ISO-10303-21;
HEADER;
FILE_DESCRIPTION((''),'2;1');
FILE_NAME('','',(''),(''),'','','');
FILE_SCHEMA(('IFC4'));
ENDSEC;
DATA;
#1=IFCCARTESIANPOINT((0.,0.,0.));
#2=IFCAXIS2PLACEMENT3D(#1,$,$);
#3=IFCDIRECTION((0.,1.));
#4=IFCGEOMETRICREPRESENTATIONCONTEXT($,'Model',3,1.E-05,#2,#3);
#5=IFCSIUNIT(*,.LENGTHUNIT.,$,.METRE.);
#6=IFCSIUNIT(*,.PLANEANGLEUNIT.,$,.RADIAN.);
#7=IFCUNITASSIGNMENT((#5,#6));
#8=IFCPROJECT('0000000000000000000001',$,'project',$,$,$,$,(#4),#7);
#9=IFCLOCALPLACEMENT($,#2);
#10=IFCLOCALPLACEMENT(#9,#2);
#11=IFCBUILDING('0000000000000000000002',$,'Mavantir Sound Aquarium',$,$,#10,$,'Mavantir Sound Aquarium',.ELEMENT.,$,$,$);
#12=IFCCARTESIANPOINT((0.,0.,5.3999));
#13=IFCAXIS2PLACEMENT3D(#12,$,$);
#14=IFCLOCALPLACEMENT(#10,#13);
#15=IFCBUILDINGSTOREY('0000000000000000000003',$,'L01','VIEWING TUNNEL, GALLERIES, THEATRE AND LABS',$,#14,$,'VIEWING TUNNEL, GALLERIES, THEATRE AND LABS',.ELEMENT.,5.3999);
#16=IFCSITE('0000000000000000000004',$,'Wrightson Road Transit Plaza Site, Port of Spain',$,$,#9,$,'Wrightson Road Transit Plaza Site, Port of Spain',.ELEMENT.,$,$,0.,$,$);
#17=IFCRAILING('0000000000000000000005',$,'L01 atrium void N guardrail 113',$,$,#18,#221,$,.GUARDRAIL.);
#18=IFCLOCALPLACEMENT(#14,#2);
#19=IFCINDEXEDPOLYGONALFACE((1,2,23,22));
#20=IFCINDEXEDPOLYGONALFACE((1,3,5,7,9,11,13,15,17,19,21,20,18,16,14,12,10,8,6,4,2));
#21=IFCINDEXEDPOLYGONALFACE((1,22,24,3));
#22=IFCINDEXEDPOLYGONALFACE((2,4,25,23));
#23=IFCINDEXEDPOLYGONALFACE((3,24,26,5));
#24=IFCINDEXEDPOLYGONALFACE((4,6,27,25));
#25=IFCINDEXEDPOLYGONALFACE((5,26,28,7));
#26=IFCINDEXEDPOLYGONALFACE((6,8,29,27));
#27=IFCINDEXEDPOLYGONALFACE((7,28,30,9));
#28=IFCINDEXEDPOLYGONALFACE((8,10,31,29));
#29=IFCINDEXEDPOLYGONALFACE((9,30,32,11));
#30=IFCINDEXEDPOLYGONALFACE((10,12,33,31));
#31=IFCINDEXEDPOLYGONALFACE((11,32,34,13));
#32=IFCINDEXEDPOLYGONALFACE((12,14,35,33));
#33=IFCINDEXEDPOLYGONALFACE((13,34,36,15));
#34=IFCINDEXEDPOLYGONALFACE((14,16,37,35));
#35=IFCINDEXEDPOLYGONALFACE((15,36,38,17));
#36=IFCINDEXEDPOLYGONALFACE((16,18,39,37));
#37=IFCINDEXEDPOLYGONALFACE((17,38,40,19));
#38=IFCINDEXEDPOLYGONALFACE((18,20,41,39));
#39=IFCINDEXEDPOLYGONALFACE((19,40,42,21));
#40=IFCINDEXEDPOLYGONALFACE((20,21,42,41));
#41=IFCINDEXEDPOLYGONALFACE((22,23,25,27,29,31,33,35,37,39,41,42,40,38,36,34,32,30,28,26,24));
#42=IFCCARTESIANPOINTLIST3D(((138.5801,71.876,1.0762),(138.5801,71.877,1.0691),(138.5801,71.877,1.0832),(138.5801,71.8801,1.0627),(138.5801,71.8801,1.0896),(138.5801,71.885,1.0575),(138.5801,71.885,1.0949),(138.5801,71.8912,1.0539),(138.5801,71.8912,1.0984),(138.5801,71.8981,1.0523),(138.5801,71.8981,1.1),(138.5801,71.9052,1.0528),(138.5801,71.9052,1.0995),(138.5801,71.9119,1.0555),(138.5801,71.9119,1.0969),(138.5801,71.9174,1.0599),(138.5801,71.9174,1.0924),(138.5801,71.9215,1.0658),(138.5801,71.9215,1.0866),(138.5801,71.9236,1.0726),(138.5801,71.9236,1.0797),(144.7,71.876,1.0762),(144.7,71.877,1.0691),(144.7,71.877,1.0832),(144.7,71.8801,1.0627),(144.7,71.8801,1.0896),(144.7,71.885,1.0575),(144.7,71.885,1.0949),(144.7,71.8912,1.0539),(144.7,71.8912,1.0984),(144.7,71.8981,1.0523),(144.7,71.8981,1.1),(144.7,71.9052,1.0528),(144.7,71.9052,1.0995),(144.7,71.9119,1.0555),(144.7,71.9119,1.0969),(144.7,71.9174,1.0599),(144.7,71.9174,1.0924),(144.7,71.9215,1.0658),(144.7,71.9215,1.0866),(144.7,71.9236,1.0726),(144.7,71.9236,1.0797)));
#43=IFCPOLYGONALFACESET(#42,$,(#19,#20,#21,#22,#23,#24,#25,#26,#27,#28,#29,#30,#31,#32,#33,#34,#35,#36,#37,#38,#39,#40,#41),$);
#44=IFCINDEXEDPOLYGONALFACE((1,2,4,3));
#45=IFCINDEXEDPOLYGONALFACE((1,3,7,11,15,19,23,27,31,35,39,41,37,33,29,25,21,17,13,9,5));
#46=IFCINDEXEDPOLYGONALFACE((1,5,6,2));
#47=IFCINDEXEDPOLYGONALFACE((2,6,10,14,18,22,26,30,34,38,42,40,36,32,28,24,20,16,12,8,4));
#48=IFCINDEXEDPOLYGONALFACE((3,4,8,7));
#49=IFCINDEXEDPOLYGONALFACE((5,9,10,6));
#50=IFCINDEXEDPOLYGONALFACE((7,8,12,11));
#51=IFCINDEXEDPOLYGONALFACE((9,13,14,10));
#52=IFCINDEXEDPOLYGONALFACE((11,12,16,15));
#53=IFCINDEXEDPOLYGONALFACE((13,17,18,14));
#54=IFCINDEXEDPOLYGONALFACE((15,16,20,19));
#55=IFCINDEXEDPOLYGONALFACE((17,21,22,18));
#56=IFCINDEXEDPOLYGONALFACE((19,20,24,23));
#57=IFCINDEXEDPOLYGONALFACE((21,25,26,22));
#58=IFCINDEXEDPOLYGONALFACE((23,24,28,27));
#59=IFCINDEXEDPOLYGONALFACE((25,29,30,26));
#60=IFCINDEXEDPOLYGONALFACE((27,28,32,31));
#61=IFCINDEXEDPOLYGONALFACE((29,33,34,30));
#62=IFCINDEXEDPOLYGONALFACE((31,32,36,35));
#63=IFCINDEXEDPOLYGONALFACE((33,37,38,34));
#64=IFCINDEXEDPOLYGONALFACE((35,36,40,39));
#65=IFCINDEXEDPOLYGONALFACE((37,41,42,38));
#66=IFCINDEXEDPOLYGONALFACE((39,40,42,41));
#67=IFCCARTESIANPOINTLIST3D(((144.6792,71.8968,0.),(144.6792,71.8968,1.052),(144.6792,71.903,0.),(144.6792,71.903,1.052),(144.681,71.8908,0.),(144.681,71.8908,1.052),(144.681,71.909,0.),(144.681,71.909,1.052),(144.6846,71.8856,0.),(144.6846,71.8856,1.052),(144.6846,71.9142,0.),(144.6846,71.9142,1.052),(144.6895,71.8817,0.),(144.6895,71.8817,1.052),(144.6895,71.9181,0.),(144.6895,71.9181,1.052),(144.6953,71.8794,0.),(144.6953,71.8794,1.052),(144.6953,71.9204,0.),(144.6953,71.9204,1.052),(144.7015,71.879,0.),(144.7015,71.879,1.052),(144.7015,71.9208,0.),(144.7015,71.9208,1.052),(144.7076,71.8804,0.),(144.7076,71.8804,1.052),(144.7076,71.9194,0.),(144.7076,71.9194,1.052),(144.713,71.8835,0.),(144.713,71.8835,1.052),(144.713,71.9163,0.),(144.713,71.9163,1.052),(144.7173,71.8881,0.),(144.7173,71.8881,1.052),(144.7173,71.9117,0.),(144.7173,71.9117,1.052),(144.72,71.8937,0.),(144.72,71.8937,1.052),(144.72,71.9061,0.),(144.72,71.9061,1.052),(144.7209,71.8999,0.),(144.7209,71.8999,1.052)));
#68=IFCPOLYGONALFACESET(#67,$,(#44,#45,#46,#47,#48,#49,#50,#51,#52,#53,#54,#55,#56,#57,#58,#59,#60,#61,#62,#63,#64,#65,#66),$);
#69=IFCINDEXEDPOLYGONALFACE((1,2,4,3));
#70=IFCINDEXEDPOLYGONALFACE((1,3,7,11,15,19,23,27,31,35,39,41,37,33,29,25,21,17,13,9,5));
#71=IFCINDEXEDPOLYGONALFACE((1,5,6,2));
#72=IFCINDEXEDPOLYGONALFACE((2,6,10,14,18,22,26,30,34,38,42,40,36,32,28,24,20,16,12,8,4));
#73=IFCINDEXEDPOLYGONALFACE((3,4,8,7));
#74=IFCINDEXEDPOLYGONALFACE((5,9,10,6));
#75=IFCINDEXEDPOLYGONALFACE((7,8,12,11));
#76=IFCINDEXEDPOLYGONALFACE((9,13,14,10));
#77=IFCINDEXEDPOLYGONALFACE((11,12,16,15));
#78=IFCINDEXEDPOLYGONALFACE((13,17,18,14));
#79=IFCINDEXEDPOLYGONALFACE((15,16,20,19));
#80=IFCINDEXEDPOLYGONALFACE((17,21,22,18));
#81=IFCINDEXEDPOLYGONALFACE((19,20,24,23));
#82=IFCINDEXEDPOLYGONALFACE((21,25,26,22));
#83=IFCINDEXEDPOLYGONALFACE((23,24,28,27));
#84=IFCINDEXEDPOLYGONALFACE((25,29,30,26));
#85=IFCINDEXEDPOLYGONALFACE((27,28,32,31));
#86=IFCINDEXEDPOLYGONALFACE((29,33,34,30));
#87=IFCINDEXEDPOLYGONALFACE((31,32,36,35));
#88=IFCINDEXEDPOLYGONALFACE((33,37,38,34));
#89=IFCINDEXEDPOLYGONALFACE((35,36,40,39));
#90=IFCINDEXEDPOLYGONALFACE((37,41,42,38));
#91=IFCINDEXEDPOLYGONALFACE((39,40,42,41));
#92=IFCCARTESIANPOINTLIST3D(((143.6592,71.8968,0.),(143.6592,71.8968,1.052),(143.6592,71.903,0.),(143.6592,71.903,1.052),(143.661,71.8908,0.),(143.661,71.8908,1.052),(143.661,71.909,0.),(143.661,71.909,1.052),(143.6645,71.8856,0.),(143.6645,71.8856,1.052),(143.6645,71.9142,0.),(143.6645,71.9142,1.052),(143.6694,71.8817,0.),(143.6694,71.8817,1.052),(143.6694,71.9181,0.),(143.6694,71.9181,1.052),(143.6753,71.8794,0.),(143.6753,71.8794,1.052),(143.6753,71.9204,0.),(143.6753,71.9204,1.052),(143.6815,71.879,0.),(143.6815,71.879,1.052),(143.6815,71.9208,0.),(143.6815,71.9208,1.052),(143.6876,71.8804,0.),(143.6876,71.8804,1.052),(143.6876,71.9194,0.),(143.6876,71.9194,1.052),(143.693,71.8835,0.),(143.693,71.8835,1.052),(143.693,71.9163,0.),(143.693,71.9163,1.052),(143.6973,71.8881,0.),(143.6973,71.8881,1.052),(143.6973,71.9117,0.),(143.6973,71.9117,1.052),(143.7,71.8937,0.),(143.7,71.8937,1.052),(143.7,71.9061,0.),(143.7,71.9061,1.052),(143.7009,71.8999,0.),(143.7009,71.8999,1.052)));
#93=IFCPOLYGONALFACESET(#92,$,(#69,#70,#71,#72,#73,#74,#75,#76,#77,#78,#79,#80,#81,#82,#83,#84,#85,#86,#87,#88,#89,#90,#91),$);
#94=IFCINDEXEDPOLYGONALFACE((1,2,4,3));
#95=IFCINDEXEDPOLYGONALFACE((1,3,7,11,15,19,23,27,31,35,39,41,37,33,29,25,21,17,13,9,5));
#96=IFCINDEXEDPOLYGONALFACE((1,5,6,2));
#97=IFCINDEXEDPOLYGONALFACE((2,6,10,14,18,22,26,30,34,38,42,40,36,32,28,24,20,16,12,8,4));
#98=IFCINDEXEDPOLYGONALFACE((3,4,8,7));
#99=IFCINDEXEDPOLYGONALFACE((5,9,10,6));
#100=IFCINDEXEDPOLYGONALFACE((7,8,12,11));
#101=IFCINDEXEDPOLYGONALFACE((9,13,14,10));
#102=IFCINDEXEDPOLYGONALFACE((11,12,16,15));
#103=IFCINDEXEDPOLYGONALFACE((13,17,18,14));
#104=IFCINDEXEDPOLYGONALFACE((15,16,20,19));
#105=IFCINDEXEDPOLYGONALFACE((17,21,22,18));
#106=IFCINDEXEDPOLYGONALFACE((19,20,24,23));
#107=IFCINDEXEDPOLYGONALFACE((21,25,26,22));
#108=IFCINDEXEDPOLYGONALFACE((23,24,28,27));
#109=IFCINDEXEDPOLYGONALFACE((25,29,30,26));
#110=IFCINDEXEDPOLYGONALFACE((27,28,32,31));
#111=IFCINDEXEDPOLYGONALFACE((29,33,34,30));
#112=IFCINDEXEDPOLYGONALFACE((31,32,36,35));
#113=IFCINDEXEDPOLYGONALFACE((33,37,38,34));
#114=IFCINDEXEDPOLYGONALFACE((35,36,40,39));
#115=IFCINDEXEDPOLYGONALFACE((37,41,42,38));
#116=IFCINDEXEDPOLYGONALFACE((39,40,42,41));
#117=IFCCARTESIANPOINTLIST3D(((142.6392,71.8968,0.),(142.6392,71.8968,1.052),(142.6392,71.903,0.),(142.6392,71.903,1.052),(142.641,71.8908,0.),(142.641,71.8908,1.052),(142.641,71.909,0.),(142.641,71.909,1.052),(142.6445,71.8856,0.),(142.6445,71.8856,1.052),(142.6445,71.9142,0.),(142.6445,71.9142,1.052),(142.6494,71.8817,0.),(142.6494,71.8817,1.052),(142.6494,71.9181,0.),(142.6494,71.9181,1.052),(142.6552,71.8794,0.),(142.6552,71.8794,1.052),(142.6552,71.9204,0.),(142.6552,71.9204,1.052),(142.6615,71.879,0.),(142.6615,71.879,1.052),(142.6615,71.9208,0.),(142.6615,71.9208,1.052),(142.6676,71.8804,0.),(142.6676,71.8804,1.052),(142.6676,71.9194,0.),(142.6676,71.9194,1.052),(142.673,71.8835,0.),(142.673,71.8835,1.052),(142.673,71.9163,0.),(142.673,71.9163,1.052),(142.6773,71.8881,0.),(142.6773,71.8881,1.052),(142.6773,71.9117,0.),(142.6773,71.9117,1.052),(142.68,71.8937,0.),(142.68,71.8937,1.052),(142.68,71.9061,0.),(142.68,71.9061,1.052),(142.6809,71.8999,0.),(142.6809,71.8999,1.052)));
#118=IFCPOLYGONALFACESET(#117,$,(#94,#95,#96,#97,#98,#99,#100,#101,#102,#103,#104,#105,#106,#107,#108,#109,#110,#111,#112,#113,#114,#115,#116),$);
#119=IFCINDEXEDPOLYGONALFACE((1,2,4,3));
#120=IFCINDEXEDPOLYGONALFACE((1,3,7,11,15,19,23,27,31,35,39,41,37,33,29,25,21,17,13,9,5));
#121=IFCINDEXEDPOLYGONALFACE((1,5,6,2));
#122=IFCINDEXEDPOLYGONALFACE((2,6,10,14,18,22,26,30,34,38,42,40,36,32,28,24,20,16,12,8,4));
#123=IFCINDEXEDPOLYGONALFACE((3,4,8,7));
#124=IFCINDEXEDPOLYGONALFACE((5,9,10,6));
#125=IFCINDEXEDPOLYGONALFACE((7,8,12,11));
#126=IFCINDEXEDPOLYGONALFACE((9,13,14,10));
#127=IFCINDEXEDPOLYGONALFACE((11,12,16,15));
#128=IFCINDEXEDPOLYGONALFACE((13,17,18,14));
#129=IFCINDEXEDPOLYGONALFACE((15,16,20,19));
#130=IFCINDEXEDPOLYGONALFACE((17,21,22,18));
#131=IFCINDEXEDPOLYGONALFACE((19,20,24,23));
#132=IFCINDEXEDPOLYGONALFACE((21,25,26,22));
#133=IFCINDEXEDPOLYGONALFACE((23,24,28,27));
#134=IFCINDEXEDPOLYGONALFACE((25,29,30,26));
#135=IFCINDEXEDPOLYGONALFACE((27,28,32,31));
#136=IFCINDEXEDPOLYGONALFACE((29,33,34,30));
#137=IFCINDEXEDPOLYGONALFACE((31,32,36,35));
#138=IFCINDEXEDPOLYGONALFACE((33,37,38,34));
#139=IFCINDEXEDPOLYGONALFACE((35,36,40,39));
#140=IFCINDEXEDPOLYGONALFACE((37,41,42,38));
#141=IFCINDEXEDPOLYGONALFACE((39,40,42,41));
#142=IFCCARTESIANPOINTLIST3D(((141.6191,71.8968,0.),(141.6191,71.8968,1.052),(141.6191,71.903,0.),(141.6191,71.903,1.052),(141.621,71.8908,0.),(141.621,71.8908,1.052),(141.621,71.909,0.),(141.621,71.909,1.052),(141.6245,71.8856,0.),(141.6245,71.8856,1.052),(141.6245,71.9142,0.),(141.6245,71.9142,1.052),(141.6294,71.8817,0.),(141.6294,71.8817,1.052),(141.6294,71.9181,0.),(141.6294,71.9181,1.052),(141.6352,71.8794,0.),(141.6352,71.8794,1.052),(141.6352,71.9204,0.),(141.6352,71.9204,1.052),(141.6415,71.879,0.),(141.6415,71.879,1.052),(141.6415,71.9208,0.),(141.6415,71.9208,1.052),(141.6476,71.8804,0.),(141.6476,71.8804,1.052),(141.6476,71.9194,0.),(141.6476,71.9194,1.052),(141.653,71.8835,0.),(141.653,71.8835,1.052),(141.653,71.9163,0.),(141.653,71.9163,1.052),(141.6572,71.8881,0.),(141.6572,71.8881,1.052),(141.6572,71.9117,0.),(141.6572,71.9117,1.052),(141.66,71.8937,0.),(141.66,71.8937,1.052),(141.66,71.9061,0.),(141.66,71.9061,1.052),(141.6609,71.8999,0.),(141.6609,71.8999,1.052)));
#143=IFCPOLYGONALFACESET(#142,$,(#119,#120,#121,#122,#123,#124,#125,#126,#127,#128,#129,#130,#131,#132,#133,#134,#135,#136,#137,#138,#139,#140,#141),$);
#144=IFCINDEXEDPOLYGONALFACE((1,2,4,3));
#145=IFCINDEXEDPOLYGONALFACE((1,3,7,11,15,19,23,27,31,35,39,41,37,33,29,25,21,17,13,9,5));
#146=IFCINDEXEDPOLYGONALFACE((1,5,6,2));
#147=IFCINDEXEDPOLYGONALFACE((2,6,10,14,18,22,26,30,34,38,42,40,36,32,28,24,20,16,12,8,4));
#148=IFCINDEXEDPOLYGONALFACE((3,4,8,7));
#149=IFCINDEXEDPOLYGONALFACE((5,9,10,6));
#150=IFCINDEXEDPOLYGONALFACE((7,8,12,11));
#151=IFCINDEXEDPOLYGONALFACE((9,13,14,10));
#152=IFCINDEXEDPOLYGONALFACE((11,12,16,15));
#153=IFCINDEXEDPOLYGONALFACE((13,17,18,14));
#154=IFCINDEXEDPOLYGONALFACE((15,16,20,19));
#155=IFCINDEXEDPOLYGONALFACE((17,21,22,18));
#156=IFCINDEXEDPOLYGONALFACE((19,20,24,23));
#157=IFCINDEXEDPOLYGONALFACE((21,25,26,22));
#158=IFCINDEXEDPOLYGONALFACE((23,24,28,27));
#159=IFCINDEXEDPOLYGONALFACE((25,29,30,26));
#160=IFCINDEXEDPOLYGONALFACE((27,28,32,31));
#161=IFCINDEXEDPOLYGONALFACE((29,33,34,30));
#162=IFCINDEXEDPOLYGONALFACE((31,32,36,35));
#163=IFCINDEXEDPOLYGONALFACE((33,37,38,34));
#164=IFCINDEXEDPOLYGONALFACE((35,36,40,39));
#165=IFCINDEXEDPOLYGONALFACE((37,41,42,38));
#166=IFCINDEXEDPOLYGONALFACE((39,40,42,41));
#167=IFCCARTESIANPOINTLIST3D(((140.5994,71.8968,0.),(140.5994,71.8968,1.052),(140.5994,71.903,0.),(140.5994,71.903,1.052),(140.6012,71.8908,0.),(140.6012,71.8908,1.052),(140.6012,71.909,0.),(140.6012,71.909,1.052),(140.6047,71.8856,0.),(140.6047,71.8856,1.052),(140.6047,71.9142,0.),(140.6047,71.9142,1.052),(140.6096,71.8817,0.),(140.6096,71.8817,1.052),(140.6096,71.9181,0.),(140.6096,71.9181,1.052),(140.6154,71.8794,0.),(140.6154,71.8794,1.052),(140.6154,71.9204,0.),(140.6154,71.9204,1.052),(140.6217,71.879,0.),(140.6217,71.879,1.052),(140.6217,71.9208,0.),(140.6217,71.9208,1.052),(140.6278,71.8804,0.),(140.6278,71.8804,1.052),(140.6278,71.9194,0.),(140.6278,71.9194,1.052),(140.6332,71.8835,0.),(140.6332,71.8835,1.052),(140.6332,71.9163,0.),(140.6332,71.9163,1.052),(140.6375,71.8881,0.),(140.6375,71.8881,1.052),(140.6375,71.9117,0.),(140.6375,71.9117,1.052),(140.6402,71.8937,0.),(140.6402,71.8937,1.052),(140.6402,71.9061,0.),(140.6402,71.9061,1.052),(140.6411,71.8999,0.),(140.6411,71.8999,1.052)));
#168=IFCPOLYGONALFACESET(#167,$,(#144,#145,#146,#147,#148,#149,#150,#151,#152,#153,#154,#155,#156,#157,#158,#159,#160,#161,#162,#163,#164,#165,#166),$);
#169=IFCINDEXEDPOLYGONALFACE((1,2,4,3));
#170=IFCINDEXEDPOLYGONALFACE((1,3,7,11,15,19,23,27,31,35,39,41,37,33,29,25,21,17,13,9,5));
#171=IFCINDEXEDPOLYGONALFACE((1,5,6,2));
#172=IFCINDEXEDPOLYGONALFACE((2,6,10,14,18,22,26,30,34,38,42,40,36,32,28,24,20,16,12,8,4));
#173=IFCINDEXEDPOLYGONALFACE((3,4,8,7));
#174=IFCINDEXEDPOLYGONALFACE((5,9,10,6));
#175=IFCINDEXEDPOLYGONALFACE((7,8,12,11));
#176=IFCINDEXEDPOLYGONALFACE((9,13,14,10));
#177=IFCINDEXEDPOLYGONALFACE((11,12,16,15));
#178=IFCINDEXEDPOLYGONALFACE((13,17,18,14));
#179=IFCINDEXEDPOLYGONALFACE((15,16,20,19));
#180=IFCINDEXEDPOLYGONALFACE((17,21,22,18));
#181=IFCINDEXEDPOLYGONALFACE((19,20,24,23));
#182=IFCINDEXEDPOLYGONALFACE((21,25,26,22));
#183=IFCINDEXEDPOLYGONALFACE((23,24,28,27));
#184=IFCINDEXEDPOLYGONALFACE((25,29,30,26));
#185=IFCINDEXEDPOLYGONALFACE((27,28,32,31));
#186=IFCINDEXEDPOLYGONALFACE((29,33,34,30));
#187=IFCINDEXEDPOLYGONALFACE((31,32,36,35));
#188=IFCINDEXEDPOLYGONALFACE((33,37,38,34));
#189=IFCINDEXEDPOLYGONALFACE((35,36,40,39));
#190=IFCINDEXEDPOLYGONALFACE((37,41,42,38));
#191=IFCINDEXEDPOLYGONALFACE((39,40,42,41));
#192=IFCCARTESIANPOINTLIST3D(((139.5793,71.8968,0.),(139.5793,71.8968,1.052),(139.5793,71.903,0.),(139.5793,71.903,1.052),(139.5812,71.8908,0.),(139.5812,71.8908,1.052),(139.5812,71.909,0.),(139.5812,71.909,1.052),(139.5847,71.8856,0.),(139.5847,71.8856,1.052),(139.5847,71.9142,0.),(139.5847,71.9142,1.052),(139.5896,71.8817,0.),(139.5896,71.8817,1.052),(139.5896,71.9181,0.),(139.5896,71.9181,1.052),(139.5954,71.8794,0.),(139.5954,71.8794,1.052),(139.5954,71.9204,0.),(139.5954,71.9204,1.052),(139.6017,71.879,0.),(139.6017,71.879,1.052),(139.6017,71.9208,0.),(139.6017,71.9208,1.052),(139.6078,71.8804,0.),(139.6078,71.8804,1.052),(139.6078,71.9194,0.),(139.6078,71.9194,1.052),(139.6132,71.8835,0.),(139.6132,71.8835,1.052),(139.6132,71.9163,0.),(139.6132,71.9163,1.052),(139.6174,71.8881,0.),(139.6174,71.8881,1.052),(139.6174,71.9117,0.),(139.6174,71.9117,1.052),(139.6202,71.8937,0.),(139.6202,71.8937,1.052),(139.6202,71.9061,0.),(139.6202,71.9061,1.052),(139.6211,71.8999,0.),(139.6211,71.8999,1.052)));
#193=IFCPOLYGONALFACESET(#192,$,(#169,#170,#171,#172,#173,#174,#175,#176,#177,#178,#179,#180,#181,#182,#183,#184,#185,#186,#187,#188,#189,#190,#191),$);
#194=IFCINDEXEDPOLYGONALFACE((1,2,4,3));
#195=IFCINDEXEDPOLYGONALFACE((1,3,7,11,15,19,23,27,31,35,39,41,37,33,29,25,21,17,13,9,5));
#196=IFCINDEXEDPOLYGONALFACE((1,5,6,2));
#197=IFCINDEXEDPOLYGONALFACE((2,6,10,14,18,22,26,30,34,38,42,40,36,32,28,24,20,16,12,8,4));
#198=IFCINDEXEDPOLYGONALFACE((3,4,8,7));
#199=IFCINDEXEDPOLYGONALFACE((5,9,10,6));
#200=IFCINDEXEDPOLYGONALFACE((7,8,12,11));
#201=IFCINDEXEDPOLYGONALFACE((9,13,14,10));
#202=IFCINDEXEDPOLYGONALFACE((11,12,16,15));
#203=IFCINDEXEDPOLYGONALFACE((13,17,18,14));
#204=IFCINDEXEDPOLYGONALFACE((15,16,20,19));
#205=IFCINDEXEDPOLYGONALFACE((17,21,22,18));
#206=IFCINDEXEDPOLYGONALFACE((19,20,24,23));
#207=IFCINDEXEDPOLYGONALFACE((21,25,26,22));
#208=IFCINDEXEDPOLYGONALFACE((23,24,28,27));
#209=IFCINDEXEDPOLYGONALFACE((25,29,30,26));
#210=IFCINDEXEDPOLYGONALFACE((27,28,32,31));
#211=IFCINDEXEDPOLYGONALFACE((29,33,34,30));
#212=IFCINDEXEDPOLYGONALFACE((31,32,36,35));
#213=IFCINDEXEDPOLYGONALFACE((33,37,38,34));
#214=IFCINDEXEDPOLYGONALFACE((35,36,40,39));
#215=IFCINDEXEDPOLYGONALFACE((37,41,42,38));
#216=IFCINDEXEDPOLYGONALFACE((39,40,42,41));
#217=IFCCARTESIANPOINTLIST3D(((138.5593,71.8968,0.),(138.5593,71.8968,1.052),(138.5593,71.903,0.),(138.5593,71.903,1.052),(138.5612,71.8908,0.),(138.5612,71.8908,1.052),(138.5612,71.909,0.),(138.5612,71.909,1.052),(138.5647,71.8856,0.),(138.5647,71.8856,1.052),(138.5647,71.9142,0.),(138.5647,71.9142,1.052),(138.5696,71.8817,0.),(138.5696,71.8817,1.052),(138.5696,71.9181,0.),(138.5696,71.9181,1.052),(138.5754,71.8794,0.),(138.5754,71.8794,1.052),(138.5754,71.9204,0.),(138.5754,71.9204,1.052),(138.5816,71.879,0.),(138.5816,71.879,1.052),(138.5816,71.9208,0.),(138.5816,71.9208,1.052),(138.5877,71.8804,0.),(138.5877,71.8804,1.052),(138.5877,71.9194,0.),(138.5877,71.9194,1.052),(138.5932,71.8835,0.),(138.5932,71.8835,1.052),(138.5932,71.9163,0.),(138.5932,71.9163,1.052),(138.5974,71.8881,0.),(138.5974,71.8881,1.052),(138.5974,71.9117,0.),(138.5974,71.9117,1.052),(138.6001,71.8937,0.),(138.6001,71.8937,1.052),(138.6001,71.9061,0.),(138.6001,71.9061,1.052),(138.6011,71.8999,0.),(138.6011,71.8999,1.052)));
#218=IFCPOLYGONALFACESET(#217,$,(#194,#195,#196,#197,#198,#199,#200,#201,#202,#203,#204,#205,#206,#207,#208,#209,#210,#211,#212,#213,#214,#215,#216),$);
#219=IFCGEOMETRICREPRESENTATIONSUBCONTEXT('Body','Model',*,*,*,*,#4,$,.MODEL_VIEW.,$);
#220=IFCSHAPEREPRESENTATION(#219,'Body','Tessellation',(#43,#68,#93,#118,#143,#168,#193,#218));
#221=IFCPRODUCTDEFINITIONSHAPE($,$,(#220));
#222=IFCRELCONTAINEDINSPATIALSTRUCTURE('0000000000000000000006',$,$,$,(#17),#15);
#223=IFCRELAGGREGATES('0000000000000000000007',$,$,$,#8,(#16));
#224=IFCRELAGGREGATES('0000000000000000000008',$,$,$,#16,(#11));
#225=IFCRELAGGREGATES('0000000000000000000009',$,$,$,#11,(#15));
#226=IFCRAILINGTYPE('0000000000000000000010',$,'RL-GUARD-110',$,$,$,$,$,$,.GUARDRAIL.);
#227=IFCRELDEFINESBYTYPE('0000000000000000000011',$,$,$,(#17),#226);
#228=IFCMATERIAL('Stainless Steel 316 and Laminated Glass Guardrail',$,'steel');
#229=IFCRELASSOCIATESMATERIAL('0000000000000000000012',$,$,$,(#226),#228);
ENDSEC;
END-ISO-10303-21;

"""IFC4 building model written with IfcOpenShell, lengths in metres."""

from ifc_helpers import new_model, si_unit, direction, frame, origin, origin_2d, place, context, subcontext, project, spatial, circle, extrude, material, type_object, element, save


model = new_model("IFC4")

# Units and contexts
model_context = context("Model", 3, precision=1e-05, world=origin(), true_north=direction((0.0, 1.0)))
body_context = subcontext(model_context, "Body", "Model", "MODEL_VIEW")
ifc_project = project(units=[si_unit("LENGTHUNIT", "METRE"), si_unit("PLANEANGLEUNIT", "RADIAN")], contexts=[model_context])

# Site, building, storey
site_placement = place(None, origin())
site = spatial("IfcSite", under=ifc_project, at=site_placement, Name="Wrightson Road Transit Plaza Site, Port of Spain", LongName="Wrightson Road Transit Plaza Site, Port of Spain", CompositionType="ELEMENT", RefElevation=0.0)
building_placement = place(site_placement, origin())
building = spatial("IfcBuilding", under=site, at=building_placement, Name="Mavantir Sound Aquarium", LongName="Mavantir Sound Aquarium", CompositionType="ELEMENT")
storey_placement = place(building_placement, frame((0.0, 0.0, 5.3999)))
storey = spatial("IfcBuildingStorey", under=building, at=storey_placement, Name="L01", Description="VIEWING TUNNEL, GALLERIES, THEATRE AND LABS", LongName="VIEWING TUNNEL, GALLERIES, THEATRE AND LABS", CompositionType="ELEMENT", Elevation=5.3999)

# Railing
ifc_material_1 = material(Name="Stainless Steel 316 and Laminated Glass Guardrail", Category="steel")
railing_type = type_object("IfcRailingType", Name="RL-GUARD-110", PredefinedType="GUARDRAIL", material=ifc_material_1)
railing_1_placement = place(storey_placement, frame((144.7, 71.8999, 0.0)))
element("IfcRailing", 1, at=railing_1_placement, inside=storey, type_object=railing_type, Name="L01 atrium void N guardrail 113", PredefinedType="GUARDRAIL", context=body_context, shape_type="SweptSolid", body=[
    extrude(circle(Radius=0.0239, at=origin_2d()), frame((0.0, 0.0, 1.0762), z_axis=(-1.0, 0.0, 0.0), x_axis=(0.0, -1.0, 0.0)), (0.0, 0.0, 1.0), 6.1199),
    extrude(circle(Radius=0.021, at=origin_2d()), origin(), (0.0, 0.0, 1.0), 1.052),
    extrude(circle(Radius=0.021, at=origin_2d()), frame((-1.02, 0.0, 0.0)), (0.0, 0.0, 1.0), 1.052),
    extrude(circle(Radius=0.021, at=origin_2d()), frame((-2.04, 0.0, 0.0)), (0.0, 0.0, 1.0), 1.052),
    extrude(circle(Radius=0.021, at=origin_2d()), frame((-3.0601, 0.0, 0.0)), (0.0, 0.0, 1.0), 1.052),
    extrude(circle(Radius=0.021, at=origin_2d()), frame((-4.0798, 0.0, 0.0)), (0.0, 0.0, 1.0), 1.052),
    extrude(circle(Radius=0.021, at=origin_2d()), frame((-5.0999, 0.0, 0.0)), (0.0, 0.0, 1.0), 1.052),
    extrude(circle(Radius=0.021, at=origin_2d()), frame((-6.1199, 0.0, 0.0)), (0.0, 0.0, 1.0), 1.052),
])

save(model, "model.ifc")
